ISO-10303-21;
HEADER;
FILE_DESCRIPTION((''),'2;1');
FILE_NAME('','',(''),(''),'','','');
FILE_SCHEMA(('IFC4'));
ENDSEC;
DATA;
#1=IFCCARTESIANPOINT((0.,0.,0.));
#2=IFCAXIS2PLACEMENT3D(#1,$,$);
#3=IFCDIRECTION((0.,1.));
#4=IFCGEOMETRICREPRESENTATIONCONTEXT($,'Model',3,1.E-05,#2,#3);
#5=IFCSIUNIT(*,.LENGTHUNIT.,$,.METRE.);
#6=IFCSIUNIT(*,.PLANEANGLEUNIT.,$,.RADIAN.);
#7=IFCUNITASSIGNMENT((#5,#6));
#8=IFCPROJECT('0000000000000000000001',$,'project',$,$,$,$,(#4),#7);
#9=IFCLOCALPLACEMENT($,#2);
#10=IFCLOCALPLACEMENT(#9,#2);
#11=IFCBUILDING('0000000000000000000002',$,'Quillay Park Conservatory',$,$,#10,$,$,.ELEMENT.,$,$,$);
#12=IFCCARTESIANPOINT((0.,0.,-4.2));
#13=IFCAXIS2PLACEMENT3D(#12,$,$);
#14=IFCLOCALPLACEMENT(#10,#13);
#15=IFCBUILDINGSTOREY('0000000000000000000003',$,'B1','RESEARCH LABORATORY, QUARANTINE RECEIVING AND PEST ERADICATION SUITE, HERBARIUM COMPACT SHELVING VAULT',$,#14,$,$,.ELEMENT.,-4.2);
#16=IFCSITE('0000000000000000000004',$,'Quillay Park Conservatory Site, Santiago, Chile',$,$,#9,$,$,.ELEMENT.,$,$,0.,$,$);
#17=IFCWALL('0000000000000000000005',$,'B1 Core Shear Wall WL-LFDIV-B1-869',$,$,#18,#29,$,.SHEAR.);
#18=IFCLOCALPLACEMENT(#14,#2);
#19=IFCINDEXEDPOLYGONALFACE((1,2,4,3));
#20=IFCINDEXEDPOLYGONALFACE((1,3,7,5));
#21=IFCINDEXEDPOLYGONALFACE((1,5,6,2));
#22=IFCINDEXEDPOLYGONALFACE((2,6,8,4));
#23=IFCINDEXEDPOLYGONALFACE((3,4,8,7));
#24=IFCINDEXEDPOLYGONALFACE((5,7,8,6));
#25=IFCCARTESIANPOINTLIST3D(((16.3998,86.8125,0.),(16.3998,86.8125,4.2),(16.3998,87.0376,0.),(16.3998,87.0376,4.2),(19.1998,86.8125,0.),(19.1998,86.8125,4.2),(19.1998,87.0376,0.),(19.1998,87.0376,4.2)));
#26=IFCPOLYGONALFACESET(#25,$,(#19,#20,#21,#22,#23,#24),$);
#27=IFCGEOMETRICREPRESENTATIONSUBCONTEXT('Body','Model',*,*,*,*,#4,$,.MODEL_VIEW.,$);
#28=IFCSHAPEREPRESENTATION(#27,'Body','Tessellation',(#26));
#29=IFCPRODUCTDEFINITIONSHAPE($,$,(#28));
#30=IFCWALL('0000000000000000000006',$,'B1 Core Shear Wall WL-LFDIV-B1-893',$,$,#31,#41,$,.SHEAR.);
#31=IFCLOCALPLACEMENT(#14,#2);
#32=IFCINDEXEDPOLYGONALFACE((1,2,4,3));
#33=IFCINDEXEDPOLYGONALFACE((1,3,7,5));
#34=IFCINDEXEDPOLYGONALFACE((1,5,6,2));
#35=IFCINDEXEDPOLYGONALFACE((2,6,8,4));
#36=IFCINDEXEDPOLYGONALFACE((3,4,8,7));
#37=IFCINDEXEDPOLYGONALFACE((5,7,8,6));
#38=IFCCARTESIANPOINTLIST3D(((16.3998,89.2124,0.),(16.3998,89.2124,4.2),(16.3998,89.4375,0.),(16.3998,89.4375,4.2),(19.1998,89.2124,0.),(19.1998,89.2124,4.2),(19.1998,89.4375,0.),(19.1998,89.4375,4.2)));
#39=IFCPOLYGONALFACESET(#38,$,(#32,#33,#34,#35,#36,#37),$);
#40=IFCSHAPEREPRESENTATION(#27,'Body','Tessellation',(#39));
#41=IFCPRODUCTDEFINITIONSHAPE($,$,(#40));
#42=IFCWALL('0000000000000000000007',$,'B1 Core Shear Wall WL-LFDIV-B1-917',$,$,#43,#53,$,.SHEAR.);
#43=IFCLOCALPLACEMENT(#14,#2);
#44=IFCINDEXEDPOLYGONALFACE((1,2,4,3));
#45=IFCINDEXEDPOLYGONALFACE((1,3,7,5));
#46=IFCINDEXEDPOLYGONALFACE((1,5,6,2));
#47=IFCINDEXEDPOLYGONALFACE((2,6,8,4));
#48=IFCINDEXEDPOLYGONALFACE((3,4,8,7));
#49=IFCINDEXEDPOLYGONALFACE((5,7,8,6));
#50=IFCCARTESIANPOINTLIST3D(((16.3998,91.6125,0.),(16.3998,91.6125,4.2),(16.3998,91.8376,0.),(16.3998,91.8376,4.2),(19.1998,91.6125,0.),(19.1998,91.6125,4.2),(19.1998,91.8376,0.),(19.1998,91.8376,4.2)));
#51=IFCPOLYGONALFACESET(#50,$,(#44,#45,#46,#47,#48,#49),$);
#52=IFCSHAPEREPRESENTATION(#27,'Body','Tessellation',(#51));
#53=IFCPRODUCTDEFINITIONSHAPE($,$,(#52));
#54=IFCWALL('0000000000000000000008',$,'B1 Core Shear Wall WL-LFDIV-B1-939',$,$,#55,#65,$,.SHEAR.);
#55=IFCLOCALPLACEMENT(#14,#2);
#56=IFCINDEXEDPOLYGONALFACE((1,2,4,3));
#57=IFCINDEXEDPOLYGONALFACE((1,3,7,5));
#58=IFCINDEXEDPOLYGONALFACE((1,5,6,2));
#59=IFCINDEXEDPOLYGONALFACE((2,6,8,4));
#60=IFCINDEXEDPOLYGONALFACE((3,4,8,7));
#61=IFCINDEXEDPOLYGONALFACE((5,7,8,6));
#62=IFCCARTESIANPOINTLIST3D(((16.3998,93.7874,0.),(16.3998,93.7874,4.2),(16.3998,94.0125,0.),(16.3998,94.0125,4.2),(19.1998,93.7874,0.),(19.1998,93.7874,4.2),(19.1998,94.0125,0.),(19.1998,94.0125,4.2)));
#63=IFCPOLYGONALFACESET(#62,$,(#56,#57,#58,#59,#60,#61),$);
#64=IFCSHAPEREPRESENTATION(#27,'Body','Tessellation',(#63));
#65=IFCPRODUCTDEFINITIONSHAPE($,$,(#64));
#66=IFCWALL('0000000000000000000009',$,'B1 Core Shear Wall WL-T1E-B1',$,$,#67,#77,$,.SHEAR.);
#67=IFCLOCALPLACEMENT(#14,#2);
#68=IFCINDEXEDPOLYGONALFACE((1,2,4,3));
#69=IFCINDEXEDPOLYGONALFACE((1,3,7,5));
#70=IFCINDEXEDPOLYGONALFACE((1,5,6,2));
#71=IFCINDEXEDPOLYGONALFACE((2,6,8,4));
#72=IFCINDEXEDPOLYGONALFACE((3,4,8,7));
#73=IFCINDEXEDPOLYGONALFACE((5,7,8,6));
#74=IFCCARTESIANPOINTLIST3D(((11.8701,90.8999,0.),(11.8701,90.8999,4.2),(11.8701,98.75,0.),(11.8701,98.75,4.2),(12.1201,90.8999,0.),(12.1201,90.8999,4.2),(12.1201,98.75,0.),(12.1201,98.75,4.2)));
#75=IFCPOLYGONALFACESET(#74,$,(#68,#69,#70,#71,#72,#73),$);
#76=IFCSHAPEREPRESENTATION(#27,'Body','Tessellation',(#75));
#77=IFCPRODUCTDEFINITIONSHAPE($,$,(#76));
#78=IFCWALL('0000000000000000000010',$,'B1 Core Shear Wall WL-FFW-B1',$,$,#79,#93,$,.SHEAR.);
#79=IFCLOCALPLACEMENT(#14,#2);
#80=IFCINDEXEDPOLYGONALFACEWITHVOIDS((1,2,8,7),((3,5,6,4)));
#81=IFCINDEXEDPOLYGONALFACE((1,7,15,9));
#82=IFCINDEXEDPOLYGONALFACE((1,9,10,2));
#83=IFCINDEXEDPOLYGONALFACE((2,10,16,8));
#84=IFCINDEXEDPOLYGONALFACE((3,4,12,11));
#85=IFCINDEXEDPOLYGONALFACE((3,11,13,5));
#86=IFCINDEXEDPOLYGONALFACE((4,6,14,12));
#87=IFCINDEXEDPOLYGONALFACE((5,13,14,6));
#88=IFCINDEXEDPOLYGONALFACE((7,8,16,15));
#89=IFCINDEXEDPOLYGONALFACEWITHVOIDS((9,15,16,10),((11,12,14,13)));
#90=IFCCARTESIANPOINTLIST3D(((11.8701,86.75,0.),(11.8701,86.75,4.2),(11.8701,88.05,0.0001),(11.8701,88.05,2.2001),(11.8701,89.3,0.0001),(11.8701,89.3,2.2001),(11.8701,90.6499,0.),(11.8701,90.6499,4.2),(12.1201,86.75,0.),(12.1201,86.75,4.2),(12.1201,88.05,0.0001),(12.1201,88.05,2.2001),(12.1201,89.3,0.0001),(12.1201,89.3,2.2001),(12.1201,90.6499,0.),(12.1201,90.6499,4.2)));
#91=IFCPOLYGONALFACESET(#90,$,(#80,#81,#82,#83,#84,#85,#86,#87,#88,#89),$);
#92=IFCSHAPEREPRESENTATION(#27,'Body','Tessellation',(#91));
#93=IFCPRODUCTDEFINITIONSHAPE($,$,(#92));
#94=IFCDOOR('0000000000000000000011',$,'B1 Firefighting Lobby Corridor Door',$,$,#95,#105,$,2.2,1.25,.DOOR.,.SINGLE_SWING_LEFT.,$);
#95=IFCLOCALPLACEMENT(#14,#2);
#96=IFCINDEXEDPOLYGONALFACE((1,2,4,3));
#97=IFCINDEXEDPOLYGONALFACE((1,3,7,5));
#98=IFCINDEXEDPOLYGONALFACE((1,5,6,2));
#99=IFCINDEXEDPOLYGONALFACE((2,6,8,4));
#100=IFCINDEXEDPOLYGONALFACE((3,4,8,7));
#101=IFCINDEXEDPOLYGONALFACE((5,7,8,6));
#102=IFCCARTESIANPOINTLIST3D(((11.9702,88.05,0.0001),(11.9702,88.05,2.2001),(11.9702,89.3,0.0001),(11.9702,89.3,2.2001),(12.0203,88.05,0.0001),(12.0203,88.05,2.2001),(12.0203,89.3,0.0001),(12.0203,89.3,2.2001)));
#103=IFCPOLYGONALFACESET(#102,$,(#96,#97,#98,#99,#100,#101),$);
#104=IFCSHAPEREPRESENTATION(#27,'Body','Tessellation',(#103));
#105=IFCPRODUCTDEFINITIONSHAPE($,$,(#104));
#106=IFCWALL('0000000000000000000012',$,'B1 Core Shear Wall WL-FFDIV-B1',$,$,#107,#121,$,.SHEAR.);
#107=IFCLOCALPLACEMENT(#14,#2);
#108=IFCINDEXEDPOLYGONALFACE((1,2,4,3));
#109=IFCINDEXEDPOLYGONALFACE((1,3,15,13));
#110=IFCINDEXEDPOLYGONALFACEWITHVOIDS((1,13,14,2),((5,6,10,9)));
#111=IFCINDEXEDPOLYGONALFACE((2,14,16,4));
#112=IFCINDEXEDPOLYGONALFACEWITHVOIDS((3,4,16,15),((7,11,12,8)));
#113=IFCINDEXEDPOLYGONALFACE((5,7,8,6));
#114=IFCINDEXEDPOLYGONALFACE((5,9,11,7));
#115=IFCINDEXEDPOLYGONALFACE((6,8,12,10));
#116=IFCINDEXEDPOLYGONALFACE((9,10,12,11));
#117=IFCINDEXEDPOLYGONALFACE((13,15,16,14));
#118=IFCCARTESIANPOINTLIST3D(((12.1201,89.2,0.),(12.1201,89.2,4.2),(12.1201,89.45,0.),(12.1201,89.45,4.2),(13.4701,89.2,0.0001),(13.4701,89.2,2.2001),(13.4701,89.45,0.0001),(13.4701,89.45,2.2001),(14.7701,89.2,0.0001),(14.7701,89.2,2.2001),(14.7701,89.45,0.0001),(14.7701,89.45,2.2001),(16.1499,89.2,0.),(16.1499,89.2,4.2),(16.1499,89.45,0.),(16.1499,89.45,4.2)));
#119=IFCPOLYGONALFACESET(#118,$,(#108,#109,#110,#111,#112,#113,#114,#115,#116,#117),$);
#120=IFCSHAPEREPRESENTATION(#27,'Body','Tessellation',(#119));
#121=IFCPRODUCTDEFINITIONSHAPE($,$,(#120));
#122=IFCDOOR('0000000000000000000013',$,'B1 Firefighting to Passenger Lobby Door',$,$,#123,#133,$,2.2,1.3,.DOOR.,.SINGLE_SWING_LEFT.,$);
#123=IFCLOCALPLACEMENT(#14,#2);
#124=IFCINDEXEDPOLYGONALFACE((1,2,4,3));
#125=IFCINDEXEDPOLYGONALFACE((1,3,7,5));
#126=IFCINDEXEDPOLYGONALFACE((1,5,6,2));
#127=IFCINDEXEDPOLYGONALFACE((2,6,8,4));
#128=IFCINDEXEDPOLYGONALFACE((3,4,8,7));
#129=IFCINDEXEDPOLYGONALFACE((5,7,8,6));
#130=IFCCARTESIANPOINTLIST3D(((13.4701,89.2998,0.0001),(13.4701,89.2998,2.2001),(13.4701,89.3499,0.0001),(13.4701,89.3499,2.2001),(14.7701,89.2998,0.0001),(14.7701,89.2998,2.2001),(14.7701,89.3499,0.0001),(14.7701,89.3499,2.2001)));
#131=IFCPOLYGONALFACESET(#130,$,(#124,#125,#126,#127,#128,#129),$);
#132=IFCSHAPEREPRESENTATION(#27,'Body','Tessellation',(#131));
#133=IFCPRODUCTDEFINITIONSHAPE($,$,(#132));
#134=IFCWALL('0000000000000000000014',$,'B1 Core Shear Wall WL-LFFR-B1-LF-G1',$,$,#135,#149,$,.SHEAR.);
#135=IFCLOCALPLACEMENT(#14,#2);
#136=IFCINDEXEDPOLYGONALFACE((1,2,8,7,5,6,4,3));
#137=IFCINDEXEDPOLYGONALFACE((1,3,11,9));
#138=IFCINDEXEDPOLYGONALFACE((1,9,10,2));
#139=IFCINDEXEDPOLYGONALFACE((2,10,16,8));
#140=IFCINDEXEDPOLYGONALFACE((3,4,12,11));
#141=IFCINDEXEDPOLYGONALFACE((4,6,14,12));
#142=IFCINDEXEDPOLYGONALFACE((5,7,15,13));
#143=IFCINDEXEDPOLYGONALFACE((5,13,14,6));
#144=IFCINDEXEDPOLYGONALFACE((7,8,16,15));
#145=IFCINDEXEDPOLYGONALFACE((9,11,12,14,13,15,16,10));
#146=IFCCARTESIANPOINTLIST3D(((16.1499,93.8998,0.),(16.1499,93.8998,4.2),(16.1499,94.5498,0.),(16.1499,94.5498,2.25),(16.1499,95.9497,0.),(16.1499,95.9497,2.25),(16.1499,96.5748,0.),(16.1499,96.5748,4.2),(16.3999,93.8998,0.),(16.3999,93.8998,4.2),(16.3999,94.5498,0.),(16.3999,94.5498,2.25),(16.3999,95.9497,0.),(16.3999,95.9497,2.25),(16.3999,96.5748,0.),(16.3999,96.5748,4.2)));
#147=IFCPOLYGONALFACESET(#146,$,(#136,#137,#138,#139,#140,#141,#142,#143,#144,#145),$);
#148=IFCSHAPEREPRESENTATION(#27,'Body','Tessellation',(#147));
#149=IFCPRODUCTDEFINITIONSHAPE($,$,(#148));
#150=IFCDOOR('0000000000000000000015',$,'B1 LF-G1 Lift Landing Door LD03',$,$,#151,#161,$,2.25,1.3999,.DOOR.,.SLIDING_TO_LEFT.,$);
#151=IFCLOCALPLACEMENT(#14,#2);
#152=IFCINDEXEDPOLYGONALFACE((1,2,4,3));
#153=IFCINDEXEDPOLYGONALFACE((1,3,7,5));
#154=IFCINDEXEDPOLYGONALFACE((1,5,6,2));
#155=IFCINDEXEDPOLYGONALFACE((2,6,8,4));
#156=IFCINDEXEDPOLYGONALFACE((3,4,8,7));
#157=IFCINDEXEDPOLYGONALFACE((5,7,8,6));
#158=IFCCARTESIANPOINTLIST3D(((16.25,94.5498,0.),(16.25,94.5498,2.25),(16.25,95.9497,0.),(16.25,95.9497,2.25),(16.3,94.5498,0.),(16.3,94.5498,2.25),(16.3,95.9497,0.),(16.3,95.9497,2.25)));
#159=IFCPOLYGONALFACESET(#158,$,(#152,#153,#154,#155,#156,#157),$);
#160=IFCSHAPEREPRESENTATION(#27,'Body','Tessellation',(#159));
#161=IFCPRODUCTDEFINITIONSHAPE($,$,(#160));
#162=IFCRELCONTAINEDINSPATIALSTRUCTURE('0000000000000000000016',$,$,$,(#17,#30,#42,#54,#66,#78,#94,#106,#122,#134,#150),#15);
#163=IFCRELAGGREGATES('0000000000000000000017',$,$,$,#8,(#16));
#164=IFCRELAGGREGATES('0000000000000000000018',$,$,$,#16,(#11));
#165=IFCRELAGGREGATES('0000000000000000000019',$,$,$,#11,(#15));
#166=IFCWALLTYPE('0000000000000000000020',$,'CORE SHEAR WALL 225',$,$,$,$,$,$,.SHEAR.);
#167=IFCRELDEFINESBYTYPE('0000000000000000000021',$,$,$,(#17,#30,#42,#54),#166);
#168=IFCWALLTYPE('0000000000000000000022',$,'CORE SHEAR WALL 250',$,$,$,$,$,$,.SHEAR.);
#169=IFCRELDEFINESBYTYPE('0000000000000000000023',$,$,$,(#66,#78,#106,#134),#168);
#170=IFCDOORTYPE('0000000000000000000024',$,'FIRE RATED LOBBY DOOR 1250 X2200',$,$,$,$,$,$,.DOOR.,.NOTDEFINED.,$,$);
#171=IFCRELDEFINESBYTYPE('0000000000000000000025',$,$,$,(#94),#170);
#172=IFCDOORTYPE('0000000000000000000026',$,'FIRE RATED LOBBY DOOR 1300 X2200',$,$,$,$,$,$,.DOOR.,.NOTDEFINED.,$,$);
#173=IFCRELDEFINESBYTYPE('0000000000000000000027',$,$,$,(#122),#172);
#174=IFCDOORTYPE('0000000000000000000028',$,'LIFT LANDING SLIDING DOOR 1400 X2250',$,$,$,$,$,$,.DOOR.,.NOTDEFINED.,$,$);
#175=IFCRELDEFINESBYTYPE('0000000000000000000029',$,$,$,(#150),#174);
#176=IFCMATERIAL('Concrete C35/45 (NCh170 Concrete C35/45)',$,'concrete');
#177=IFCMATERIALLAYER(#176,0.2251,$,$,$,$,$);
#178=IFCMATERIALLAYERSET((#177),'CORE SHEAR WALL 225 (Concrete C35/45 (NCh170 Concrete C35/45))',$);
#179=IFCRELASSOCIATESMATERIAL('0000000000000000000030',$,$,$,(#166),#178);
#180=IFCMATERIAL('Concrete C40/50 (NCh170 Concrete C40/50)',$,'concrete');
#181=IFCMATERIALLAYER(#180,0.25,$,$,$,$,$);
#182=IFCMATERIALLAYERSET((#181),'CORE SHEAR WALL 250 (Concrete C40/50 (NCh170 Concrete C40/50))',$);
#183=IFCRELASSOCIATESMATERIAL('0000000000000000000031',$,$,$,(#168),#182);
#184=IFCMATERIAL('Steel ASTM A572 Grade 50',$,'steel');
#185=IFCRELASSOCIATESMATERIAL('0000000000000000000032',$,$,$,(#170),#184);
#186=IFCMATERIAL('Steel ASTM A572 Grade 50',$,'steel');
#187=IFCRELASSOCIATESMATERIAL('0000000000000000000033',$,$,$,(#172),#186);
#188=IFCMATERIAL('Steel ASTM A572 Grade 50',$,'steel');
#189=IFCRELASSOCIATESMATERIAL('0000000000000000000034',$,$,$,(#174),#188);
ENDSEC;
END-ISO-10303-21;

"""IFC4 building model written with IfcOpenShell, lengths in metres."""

from ifc_helpers import new_model, si_unit, direction, frame, frame_2d, origin, place, context, subcontext, project, spatial, rectangle, extrude, material, layer, layer_set, type_object, element, fill, save


model = new_model("IFC4")

# Units and contexts
model_context = context("Model", 3, precision=1e-05, world=origin(), true_north=direction((0.0, 1.0)))
body_context = subcontext(model_context, "Body", "Model", "MODEL_VIEW")
ifc_project = project(units=[si_unit("LENGTHUNIT", "METRE"), si_unit("PLANEANGLEUNIT", "RADIAN")], contexts=[model_context])

# Site, building, storey
site_placement = place(None, origin())
site = spatial("IfcSite", under=ifc_project, at=site_placement, Name="Quillay Park Conservatory Site, Santiago, Chile", CompositionType="ELEMENT", RefElevation=0.0)
building_placement = place(site_placement, origin())
building = spatial("IfcBuilding", under=site, at=building_placement, Name="Quillay Park Conservatory", CompositionType="ELEMENT")
storey_placement = place(building_placement, frame((0.0, 0.0, -4.2)))
storey = spatial("IfcBuildingStorey", under=building, at=storey_placement, Name="B1", Description="RESEARCH LABORATORY, QUARANTINE RECEIVING AND PEST ERADICATION SUITE, HERBARIUM COMPACT SHELVING VAULT", CompositionType="ELEMENT", Elevation=-4.2)

# Walls
ifc_material_1 = material(Name="Concrete C35/45 (NCh170 Concrete C35/45)", Category="concrete")
ifc_layer_1 = layer(ifc_material_1, 0.2251)
ifc_layer_set_1 = layer_set([ifc_layer_1], Name="CORE SHEAR WALL 225 (Concrete C35/45 (NCh170 Concrete C35/45))")
wall_type_1 = type_object("IfcWallType", Name="CORE SHEAR WALL 225", PredefinedType="SHEAR", material=ifc_layer_set_1)
for number, where, z_axis, x_axis, name in (
    (1, (16.3999, 86.925, 0.0), (0.0, 0.0, 1.0), (1.0, 0.0, 0.0), "B1 Core Shear Wall WL-LFDIV-B1-869"),
    (2, (16.3999, 89.325, 0.0), (0.0, 0.0, 1.0), (1.0, 0.0, 0.0), "B1 Core Shear Wall WL-LFDIV-B1-893"),
    (3, (16.3999, 91.7251, 0.0), (0.0, 0.0, 1.0), (1.0, 0.0, 0.0), "B1 Core Shear Wall WL-LFDIV-B1-917"),
    (4, (16.3999, 93.8999, 0.0), (0.0, 0.0, 1.0), (1.0, 0.0, 0.0), "B1 Core Shear Wall WL-LFDIV-B1-939"),
):
    element("IfcWall", number, at=place(storey_placement, frame(where, z_axis=z_axis, x_axis=x_axis)), inside=storey, type_object=wall_type_1, Name=name, PredefinedType="SHEAR", context=body_context, shape_type="SweptSolid", body=[
        extrude(rectangle(XDim=2.8, YDim=0.2251, at=frame_2d((1.3999, 0.0))), origin(), (0.0, 0.0, 1.0), 4.2),
    ])
ifc_material_2 = material(Name="Concrete C40/50 (NCh170 Concrete C40/50)", Category="concrete")
ifc_layer_2 = layer(ifc_material_2, 0.25)
ifc_layer_set_2 = layer_set([ifc_layer_2], Name="CORE SHEAR WALL 250 (Concrete C40/50 (NCh170 Concrete C40/50))")
wall_type_2 = type_object("IfcWallType", Name="CORE SHEAR WALL 250", PredefinedType="SHEAR", material=ifc_layer_set_2)
wall_1_placement = place(storey_placement, frame((11.9951, 90.8999, 0.0), z_axis=(0.0, 0.0, 1.0), x_axis=(0.0, 1.0, 0.0)))
element("IfcWall", 5, at=wall_1_placement, inside=storey, type_object=wall_type_2, Name="B1 Core Shear Wall WL-T1E-B1", PredefinedType="SHEAR", context=body_context, shape_type="SweptSolid", body=[
    extrude(rectangle(XDim=7.8501, YDim=0.25, at=frame_2d((3.925, 0.0))), origin(), (0.0, 0.0, 1.0), 4.2),
])

# Walls, openings, doors
wall_2_placement = place(storey_placement, frame((11.9951, 86.75, 0.0), z_axis=(0.0, 0.0, 1.0), x_axis=(0.0, 1.0, 0.0)))
wall_2 = element("IfcWall", 6, at=wall_2_placement, inside=storey, type_object=wall_type_2, Name="B1 Core Shear Wall WL-FFW-B1", PredefinedType="SHEAR", context=body_context, shape_type="SweptSolid", body=[
    extrude(rectangle(XDim=3.8999, YDim=0.25, at=frame_2d((1.95, 0.0))), origin(), (0.0, 0.0, 1.0), 4.2),
])
opening_1_placement = place(wall_2_placement, frame((1.3, 0.0, 0.0)))
opening_1 = element("IfcOpeningElement", 7, at=opening_1_placement, cuts=wall_2, PredefinedType="OPENING", context=body_context, shape_type="SweptSolid", body=[
    extrude(rectangle(XDim=1.25, YDim=2.2, at=frame_2d((0.625, 1.1001))), frame((0.0, 0.125, 0.0), z_axis=(0.0, -1.0, 0.0), x_axis=(1.0, 0.0, 0.0)), (0.0, 0.0, 1.0), 0.25),
])
ifc_material_3 = material(Name="Steel ASTM A572 Grade 50", Category="steel")
door_type_1 = type_object("IfcDoorType", Name="FIRE RATED LOBBY DOOR 1250 X2200", OperationType="NOTDEFINED", PredefinedType="DOOR", material=ifc_material_3)
door_1_placement = place(opening_1_placement, origin())
door_1 = element("IfcDoor", 8, at=door_1_placement, inside=storey, type_object=door_type_1, Name="B1 Firefighting Lobby Corridor Door", OperationType="SINGLE_SWING_LEFT", OverallHeight=2.2, OverallWidth=1.25, PredefinedType="DOOR", context=body_context, shape_type="SweptSolid", body=[
    extrude(rectangle(XDim=1.25, YDim=2.2, at=frame_2d((0.625, 1.1001))), frame((0.0, 0.0249, 0.0), z_axis=(0.0, -1.0, 0.0), x_axis=(1.0, 0.0, 0.0)), (0.0, 0.0, 1.0), 0.05),
])
fill(opening_1, door_1)
wall_3_placement = place(storey_placement, frame((12.1201, 89.325, 0.0), z_axis=(0.0, 0.0, 1.0), x_axis=(1.0, 0.0, 0.0)))
wall_3 = element("IfcWall", 9, at=wall_3_placement, inside=storey, type_object=wall_type_2, Name="B1 Core Shear Wall WL-FFDIV-B1", PredefinedType="SHEAR", context=body_context, shape_type="SweptSolid", body=[
    extrude(rectangle(XDim=4.0298, YDim=0.25, at=frame_2d((2.0149, 0.0))), origin(), (0.0, 0.0, 1.0), 4.2),
])
opening_2_placement = place(wall_3_placement, frame((1.3501, 0.0, 0.0)))
opening_2 = element("IfcOpeningElement", 10, at=opening_2_placement, cuts=wall_3, PredefinedType="OPENING", context=body_context, shape_type="SweptSolid", body=[
    extrude(rectangle(XDim=1.3, YDim=2.2, at=frame_2d((0.6499, 1.1001))), frame((0.0, 0.125, 0.0), z_axis=(0.0, -1.0, 0.0), x_axis=(1.0, 0.0, 0.0)), (0.0, 0.0, 1.0), 0.25),
])
ifc_material_4 = material(Name="Steel ASTM A572 Grade 50", Category="steel")
door_type_2 = type_object("IfcDoorType", Name="FIRE RATED LOBBY DOOR 1300 X2200", OperationType="NOTDEFINED", PredefinedType="DOOR", material=ifc_material_4)
door_2_placement = place(opening_2_placement, origin())
door_2 = element("IfcDoor", 11, at=door_2_placement, inside=storey, type_object=door_type_2, Name="B1 Firefighting to Passenger Lobby Door", OperationType="SINGLE_SWING_LEFT", OverallHeight=2.2, OverallWidth=1.3, PredefinedType="DOOR", context=body_context, shape_type="SweptSolid", body=[
    extrude(rectangle(XDim=1.3, YDim=2.2, at=frame_2d((0.6499, 1.1001))), frame((0.0, 0.0249, 0.0), z_axis=(0.0, -1.0, 0.0), x_axis=(1.0, 0.0, 0.0)), (0.0, 0.0, 1.0), 0.05),
])
fill(opening_2, door_2)
wall_4_placement = place(storey_placement, frame((16.2749, 93.8999, 0.0), z_axis=(0.0, 0.0, 1.0), x_axis=(0.0, 1.0, 0.0)))
wall_4 = element("IfcWall", 12, at=wall_4_placement, inside=storey, type_object=wall_type_2, Name="B1 Core Shear Wall WL-LFFR-B1-LF-G1", PredefinedType="SHEAR", context=body_context, shape_type="SweptSolid", body=[
    extrude(rectangle(XDim=2.675, YDim=0.25, at=frame_2d((1.3374, 0.0))), origin(), (0.0, 0.0, 1.0), 4.2),
])
opening_3_placement = place(wall_4_placement, frame((0.6499, 0.0, 0.0)))
opening_3 = element("IfcOpeningElement", 13, at=opening_3_placement, cuts=wall_4, PredefinedType="OPENING", context=body_context, shape_type="SweptSolid", body=[
    extrude(rectangle(XDim=1.3999, YDim=2.25, at=frame_2d((0.7, 1.125))), frame((0.0, 0.125, 0.0), z_axis=(0.0, -1.0, 0.0), x_axis=(1.0, 0.0, 0.0)), (0.0, 0.0, 1.0), 0.25),
])
ifc_material_5 = material(Name="Steel ASTM A572 Grade 50", Category="steel")
door_type_3 = type_object("IfcDoorType", Name="LIFT LANDING SLIDING DOOR 1400 X2250", OperationType="NOTDEFINED", PredefinedType="DOOR", material=ifc_material_5)
door_3_placement = place(opening_3_placement, origin())
door_3 = element("IfcDoor", 14, at=door_3_placement, inside=storey, type_object=door_type_3, Name="B1 LF-G1 Lift Landing Door LD03", OperationType="SLIDING_TO_LEFT", OverallHeight=2.25, OverallWidth=1.3999, PredefinedType="DOOR", context=body_context, shape_type="SweptSolid", body=[
    extrude(rectangle(XDim=1.3999, YDim=2.25, at=frame_2d((0.7, 1.125))), frame((0.0, 0.0249, 0.0), z_axis=(0.0, -1.0, 0.0), x_axis=(1.0, 0.0, 0.0)), (0.0, 0.0, 1.0), 0.05),
])
fill(opening_3, door_3)

save(model, "model.ifc")
